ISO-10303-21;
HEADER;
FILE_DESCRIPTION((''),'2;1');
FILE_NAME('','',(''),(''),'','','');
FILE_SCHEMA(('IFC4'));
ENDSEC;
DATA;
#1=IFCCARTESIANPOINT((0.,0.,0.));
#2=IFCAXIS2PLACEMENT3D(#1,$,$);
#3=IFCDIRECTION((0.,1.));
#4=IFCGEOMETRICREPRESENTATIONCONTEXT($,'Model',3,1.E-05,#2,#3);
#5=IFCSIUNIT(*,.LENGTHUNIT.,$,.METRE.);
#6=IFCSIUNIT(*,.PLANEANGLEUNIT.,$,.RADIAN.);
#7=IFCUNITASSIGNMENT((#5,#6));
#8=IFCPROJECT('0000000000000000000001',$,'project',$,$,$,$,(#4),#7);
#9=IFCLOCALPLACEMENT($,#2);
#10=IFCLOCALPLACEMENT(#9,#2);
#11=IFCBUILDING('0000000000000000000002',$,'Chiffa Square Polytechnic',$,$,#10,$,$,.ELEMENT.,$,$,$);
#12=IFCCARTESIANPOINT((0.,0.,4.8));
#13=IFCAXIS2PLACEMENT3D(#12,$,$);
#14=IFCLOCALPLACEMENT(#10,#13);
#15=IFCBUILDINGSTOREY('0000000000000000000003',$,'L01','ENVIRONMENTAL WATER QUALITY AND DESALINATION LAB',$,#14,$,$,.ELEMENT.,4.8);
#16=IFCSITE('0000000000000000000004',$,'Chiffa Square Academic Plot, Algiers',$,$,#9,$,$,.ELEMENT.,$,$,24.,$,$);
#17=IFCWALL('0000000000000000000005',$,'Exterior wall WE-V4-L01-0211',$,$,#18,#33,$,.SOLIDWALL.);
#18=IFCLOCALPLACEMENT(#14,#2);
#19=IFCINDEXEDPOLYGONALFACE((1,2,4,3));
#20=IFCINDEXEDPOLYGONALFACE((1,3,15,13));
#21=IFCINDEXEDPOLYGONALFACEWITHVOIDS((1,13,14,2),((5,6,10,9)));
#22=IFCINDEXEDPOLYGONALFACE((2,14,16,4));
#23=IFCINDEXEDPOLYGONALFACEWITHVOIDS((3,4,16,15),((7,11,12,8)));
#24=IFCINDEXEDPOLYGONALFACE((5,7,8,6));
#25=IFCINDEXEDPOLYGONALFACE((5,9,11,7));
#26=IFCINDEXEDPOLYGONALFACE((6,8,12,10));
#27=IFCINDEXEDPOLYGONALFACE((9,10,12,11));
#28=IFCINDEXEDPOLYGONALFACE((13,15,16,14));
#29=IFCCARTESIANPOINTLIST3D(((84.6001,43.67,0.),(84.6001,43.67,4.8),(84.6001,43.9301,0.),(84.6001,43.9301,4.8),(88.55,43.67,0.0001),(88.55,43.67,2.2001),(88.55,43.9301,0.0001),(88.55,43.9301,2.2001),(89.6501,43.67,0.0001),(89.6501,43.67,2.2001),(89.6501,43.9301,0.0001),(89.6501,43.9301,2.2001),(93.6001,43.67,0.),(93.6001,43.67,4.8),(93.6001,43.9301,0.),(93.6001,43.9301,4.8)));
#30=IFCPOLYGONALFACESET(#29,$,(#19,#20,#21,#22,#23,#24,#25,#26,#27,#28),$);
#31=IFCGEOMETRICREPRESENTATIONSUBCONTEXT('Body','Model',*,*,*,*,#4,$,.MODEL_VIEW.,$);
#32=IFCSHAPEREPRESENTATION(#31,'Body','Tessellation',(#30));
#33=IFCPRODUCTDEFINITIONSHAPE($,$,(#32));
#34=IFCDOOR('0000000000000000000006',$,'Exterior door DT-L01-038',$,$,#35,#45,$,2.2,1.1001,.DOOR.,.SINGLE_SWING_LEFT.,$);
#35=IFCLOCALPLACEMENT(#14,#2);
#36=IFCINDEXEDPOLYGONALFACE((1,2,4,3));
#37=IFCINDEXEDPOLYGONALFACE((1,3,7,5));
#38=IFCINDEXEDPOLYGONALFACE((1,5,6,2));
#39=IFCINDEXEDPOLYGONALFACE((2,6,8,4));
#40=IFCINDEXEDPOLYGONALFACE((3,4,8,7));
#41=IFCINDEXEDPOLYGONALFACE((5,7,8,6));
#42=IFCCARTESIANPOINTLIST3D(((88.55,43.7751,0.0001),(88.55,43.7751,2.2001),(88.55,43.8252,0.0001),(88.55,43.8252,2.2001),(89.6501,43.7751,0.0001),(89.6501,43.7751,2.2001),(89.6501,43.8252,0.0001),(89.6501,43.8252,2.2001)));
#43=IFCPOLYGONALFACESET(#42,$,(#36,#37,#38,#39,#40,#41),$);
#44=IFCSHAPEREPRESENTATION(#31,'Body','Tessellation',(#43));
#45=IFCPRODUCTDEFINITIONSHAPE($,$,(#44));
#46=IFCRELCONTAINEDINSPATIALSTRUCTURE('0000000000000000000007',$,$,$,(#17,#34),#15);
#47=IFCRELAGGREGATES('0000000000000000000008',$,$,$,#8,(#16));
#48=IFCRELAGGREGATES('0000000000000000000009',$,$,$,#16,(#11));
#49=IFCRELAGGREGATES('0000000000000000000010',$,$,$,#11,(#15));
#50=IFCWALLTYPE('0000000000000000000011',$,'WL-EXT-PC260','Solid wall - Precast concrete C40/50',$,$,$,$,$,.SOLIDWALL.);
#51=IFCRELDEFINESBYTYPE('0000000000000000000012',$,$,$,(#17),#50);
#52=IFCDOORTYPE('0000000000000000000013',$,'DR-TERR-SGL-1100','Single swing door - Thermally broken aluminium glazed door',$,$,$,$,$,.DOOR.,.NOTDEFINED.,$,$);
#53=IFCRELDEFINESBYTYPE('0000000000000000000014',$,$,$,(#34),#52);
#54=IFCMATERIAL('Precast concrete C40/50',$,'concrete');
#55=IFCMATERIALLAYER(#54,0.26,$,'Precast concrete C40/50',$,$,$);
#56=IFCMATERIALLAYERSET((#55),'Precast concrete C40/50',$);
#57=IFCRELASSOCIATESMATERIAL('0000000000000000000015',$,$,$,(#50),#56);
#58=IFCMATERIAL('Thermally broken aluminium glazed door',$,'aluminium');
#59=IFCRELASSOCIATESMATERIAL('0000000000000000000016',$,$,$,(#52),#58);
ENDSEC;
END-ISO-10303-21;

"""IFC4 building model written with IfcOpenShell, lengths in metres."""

from ifc_helpers import new_model, si_unit, direction, frame, frame_2d, origin, place, context, subcontext, project, spatial, rectangle, extrude, material, layer, layer_set, type_object, element, fill, save


model = new_model("IFC4")

# Units and contexts
model_context = context("Model", 3, precision=1e-05, world=origin(), true_north=direction((0.0, 1.0)))
body_context = subcontext(model_context, "Body", "Model", "MODEL_VIEW")
ifc_project = project(units=[si_unit("LENGTHUNIT", "METRE"), si_unit("PLANEANGLEUNIT", "RADIAN")], contexts=[model_context])

# Site, building, storey
site_placement = place(None, origin())
site = spatial("IfcSite", under=ifc_project, at=site_placement, Name="Chiffa Square Academic Plot, Algiers", CompositionType="ELEMENT", RefElevation=24.0)
building_placement = place(site_placement, origin())
building = spatial("IfcBuilding", under=site, at=building_placement, Name="Chiffa Square Polytechnic", CompositionType="ELEMENT")
storey_placement = place(building_placement, frame((0.0, 0.0, 4.8)))
storey = spatial("IfcBuildingStorey", under=building, at=storey_placement, Name="L01", Description="ENVIRONMENTAL WATER QUALITY AND DESALINATION LAB", CompositionType="ELEMENT", Elevation=4.8)

# Shared definitions
ifc_material_1 = material(Name="Precast concrete C40/50", Category="concrete")
ifc_layer_1 = layer(ifc_material_1, 0.26, Name="Precast concrete C40/50")
ifc_layer_set_1 = layer_set([ifc_layer_1], Name="Precast concrete C40/50")
wall_type = type_object("IfcWallType", Name="WL-EXT-PC260", Description="Solid wall - Precast concrete C40/50", PredefinedType="SOLIDWALL", material=ifc_layer_set_1)

# Wall, opening, door
ifc_material_2 = material(Name="Thermally broken aluminium glazed door", Category="aluminium")
wall_1_placement = place(storey_placement, frame((93.6001, 43.8, 0.0), z_axis=(0.0, 0.0, 1.0), x_axis=(-1.0, 0.0, 0.0)))
wall_1 = element("IfcWall", 1, at=wall_1_placement, inside=storey, type_object=wall_type, Name="Exterior wall WE-V4-L01-0211", PredefinedType="SOLIDWALL", context=body_context, shape_type="SweptSolid", body=[
    extrude(rectangle(XDim=9.0, YDim=0.26, at=frame_2d((4.5, 0.0))), origin(), (0.0, 0.0, 1.0), 4.8),
])
opening_1_placement = place(wall_1_placement, frame((3.95, 0.0, 0.0)))
opening_1 = element("IfcOpeningElement", 2, at=opening_1_placement, cuts=wall_1, PredefinedType="OPENING", context=body_context, shape_type="SweptSolid", body=[
    extrude(rectangle(XDim=1.1001, YDim=2.2, at=frame_2d((0.55, 1.1001))), frame((0.0, 0.1401, 0.0), z_axis=(0.0, -1.0, 0.0), x_axis=(1.0, 0.0, 0.0)), (0.0, 0.0, 1.0), 0.28),
])
door_type_1 = type_object("IfcDoorType", Name="DR-TERR-SGL-1100", Description="Single swing door - Thermally broken aluminium glazed door", OperationType="NOTDEFINED", PredefinedType="DOOR", material=ifc_material_2)
door_1_placement = place(opening_1_placement, origin())
door_1 = element("IfcDoor", 3, at=door_1_placement, inside=storey, type_object=door_type_1, Name="Exterior door DT-L01-038", OperationType="SINGLE_SWING_LEFT", OverallHeight=2.2, OverallWidth=1.1001, PredefinedType="DOOR", context=body_context, shape_type="SweptSolid", body=[
    extrude(rectangle(XDim=1.1001, YDim=2.2, at=frame_2d((0.55, 1.1001))), frame((0.0, 0.0249, 0.0), z_axis=(0.0, -1.0, 0.0), x_axis=(1.0, 0.0, 0.0)), (0.0, 0.0, 1.0), 0.05),
])
fill(opening_1, door_1)

save(model, "model.ifc")
